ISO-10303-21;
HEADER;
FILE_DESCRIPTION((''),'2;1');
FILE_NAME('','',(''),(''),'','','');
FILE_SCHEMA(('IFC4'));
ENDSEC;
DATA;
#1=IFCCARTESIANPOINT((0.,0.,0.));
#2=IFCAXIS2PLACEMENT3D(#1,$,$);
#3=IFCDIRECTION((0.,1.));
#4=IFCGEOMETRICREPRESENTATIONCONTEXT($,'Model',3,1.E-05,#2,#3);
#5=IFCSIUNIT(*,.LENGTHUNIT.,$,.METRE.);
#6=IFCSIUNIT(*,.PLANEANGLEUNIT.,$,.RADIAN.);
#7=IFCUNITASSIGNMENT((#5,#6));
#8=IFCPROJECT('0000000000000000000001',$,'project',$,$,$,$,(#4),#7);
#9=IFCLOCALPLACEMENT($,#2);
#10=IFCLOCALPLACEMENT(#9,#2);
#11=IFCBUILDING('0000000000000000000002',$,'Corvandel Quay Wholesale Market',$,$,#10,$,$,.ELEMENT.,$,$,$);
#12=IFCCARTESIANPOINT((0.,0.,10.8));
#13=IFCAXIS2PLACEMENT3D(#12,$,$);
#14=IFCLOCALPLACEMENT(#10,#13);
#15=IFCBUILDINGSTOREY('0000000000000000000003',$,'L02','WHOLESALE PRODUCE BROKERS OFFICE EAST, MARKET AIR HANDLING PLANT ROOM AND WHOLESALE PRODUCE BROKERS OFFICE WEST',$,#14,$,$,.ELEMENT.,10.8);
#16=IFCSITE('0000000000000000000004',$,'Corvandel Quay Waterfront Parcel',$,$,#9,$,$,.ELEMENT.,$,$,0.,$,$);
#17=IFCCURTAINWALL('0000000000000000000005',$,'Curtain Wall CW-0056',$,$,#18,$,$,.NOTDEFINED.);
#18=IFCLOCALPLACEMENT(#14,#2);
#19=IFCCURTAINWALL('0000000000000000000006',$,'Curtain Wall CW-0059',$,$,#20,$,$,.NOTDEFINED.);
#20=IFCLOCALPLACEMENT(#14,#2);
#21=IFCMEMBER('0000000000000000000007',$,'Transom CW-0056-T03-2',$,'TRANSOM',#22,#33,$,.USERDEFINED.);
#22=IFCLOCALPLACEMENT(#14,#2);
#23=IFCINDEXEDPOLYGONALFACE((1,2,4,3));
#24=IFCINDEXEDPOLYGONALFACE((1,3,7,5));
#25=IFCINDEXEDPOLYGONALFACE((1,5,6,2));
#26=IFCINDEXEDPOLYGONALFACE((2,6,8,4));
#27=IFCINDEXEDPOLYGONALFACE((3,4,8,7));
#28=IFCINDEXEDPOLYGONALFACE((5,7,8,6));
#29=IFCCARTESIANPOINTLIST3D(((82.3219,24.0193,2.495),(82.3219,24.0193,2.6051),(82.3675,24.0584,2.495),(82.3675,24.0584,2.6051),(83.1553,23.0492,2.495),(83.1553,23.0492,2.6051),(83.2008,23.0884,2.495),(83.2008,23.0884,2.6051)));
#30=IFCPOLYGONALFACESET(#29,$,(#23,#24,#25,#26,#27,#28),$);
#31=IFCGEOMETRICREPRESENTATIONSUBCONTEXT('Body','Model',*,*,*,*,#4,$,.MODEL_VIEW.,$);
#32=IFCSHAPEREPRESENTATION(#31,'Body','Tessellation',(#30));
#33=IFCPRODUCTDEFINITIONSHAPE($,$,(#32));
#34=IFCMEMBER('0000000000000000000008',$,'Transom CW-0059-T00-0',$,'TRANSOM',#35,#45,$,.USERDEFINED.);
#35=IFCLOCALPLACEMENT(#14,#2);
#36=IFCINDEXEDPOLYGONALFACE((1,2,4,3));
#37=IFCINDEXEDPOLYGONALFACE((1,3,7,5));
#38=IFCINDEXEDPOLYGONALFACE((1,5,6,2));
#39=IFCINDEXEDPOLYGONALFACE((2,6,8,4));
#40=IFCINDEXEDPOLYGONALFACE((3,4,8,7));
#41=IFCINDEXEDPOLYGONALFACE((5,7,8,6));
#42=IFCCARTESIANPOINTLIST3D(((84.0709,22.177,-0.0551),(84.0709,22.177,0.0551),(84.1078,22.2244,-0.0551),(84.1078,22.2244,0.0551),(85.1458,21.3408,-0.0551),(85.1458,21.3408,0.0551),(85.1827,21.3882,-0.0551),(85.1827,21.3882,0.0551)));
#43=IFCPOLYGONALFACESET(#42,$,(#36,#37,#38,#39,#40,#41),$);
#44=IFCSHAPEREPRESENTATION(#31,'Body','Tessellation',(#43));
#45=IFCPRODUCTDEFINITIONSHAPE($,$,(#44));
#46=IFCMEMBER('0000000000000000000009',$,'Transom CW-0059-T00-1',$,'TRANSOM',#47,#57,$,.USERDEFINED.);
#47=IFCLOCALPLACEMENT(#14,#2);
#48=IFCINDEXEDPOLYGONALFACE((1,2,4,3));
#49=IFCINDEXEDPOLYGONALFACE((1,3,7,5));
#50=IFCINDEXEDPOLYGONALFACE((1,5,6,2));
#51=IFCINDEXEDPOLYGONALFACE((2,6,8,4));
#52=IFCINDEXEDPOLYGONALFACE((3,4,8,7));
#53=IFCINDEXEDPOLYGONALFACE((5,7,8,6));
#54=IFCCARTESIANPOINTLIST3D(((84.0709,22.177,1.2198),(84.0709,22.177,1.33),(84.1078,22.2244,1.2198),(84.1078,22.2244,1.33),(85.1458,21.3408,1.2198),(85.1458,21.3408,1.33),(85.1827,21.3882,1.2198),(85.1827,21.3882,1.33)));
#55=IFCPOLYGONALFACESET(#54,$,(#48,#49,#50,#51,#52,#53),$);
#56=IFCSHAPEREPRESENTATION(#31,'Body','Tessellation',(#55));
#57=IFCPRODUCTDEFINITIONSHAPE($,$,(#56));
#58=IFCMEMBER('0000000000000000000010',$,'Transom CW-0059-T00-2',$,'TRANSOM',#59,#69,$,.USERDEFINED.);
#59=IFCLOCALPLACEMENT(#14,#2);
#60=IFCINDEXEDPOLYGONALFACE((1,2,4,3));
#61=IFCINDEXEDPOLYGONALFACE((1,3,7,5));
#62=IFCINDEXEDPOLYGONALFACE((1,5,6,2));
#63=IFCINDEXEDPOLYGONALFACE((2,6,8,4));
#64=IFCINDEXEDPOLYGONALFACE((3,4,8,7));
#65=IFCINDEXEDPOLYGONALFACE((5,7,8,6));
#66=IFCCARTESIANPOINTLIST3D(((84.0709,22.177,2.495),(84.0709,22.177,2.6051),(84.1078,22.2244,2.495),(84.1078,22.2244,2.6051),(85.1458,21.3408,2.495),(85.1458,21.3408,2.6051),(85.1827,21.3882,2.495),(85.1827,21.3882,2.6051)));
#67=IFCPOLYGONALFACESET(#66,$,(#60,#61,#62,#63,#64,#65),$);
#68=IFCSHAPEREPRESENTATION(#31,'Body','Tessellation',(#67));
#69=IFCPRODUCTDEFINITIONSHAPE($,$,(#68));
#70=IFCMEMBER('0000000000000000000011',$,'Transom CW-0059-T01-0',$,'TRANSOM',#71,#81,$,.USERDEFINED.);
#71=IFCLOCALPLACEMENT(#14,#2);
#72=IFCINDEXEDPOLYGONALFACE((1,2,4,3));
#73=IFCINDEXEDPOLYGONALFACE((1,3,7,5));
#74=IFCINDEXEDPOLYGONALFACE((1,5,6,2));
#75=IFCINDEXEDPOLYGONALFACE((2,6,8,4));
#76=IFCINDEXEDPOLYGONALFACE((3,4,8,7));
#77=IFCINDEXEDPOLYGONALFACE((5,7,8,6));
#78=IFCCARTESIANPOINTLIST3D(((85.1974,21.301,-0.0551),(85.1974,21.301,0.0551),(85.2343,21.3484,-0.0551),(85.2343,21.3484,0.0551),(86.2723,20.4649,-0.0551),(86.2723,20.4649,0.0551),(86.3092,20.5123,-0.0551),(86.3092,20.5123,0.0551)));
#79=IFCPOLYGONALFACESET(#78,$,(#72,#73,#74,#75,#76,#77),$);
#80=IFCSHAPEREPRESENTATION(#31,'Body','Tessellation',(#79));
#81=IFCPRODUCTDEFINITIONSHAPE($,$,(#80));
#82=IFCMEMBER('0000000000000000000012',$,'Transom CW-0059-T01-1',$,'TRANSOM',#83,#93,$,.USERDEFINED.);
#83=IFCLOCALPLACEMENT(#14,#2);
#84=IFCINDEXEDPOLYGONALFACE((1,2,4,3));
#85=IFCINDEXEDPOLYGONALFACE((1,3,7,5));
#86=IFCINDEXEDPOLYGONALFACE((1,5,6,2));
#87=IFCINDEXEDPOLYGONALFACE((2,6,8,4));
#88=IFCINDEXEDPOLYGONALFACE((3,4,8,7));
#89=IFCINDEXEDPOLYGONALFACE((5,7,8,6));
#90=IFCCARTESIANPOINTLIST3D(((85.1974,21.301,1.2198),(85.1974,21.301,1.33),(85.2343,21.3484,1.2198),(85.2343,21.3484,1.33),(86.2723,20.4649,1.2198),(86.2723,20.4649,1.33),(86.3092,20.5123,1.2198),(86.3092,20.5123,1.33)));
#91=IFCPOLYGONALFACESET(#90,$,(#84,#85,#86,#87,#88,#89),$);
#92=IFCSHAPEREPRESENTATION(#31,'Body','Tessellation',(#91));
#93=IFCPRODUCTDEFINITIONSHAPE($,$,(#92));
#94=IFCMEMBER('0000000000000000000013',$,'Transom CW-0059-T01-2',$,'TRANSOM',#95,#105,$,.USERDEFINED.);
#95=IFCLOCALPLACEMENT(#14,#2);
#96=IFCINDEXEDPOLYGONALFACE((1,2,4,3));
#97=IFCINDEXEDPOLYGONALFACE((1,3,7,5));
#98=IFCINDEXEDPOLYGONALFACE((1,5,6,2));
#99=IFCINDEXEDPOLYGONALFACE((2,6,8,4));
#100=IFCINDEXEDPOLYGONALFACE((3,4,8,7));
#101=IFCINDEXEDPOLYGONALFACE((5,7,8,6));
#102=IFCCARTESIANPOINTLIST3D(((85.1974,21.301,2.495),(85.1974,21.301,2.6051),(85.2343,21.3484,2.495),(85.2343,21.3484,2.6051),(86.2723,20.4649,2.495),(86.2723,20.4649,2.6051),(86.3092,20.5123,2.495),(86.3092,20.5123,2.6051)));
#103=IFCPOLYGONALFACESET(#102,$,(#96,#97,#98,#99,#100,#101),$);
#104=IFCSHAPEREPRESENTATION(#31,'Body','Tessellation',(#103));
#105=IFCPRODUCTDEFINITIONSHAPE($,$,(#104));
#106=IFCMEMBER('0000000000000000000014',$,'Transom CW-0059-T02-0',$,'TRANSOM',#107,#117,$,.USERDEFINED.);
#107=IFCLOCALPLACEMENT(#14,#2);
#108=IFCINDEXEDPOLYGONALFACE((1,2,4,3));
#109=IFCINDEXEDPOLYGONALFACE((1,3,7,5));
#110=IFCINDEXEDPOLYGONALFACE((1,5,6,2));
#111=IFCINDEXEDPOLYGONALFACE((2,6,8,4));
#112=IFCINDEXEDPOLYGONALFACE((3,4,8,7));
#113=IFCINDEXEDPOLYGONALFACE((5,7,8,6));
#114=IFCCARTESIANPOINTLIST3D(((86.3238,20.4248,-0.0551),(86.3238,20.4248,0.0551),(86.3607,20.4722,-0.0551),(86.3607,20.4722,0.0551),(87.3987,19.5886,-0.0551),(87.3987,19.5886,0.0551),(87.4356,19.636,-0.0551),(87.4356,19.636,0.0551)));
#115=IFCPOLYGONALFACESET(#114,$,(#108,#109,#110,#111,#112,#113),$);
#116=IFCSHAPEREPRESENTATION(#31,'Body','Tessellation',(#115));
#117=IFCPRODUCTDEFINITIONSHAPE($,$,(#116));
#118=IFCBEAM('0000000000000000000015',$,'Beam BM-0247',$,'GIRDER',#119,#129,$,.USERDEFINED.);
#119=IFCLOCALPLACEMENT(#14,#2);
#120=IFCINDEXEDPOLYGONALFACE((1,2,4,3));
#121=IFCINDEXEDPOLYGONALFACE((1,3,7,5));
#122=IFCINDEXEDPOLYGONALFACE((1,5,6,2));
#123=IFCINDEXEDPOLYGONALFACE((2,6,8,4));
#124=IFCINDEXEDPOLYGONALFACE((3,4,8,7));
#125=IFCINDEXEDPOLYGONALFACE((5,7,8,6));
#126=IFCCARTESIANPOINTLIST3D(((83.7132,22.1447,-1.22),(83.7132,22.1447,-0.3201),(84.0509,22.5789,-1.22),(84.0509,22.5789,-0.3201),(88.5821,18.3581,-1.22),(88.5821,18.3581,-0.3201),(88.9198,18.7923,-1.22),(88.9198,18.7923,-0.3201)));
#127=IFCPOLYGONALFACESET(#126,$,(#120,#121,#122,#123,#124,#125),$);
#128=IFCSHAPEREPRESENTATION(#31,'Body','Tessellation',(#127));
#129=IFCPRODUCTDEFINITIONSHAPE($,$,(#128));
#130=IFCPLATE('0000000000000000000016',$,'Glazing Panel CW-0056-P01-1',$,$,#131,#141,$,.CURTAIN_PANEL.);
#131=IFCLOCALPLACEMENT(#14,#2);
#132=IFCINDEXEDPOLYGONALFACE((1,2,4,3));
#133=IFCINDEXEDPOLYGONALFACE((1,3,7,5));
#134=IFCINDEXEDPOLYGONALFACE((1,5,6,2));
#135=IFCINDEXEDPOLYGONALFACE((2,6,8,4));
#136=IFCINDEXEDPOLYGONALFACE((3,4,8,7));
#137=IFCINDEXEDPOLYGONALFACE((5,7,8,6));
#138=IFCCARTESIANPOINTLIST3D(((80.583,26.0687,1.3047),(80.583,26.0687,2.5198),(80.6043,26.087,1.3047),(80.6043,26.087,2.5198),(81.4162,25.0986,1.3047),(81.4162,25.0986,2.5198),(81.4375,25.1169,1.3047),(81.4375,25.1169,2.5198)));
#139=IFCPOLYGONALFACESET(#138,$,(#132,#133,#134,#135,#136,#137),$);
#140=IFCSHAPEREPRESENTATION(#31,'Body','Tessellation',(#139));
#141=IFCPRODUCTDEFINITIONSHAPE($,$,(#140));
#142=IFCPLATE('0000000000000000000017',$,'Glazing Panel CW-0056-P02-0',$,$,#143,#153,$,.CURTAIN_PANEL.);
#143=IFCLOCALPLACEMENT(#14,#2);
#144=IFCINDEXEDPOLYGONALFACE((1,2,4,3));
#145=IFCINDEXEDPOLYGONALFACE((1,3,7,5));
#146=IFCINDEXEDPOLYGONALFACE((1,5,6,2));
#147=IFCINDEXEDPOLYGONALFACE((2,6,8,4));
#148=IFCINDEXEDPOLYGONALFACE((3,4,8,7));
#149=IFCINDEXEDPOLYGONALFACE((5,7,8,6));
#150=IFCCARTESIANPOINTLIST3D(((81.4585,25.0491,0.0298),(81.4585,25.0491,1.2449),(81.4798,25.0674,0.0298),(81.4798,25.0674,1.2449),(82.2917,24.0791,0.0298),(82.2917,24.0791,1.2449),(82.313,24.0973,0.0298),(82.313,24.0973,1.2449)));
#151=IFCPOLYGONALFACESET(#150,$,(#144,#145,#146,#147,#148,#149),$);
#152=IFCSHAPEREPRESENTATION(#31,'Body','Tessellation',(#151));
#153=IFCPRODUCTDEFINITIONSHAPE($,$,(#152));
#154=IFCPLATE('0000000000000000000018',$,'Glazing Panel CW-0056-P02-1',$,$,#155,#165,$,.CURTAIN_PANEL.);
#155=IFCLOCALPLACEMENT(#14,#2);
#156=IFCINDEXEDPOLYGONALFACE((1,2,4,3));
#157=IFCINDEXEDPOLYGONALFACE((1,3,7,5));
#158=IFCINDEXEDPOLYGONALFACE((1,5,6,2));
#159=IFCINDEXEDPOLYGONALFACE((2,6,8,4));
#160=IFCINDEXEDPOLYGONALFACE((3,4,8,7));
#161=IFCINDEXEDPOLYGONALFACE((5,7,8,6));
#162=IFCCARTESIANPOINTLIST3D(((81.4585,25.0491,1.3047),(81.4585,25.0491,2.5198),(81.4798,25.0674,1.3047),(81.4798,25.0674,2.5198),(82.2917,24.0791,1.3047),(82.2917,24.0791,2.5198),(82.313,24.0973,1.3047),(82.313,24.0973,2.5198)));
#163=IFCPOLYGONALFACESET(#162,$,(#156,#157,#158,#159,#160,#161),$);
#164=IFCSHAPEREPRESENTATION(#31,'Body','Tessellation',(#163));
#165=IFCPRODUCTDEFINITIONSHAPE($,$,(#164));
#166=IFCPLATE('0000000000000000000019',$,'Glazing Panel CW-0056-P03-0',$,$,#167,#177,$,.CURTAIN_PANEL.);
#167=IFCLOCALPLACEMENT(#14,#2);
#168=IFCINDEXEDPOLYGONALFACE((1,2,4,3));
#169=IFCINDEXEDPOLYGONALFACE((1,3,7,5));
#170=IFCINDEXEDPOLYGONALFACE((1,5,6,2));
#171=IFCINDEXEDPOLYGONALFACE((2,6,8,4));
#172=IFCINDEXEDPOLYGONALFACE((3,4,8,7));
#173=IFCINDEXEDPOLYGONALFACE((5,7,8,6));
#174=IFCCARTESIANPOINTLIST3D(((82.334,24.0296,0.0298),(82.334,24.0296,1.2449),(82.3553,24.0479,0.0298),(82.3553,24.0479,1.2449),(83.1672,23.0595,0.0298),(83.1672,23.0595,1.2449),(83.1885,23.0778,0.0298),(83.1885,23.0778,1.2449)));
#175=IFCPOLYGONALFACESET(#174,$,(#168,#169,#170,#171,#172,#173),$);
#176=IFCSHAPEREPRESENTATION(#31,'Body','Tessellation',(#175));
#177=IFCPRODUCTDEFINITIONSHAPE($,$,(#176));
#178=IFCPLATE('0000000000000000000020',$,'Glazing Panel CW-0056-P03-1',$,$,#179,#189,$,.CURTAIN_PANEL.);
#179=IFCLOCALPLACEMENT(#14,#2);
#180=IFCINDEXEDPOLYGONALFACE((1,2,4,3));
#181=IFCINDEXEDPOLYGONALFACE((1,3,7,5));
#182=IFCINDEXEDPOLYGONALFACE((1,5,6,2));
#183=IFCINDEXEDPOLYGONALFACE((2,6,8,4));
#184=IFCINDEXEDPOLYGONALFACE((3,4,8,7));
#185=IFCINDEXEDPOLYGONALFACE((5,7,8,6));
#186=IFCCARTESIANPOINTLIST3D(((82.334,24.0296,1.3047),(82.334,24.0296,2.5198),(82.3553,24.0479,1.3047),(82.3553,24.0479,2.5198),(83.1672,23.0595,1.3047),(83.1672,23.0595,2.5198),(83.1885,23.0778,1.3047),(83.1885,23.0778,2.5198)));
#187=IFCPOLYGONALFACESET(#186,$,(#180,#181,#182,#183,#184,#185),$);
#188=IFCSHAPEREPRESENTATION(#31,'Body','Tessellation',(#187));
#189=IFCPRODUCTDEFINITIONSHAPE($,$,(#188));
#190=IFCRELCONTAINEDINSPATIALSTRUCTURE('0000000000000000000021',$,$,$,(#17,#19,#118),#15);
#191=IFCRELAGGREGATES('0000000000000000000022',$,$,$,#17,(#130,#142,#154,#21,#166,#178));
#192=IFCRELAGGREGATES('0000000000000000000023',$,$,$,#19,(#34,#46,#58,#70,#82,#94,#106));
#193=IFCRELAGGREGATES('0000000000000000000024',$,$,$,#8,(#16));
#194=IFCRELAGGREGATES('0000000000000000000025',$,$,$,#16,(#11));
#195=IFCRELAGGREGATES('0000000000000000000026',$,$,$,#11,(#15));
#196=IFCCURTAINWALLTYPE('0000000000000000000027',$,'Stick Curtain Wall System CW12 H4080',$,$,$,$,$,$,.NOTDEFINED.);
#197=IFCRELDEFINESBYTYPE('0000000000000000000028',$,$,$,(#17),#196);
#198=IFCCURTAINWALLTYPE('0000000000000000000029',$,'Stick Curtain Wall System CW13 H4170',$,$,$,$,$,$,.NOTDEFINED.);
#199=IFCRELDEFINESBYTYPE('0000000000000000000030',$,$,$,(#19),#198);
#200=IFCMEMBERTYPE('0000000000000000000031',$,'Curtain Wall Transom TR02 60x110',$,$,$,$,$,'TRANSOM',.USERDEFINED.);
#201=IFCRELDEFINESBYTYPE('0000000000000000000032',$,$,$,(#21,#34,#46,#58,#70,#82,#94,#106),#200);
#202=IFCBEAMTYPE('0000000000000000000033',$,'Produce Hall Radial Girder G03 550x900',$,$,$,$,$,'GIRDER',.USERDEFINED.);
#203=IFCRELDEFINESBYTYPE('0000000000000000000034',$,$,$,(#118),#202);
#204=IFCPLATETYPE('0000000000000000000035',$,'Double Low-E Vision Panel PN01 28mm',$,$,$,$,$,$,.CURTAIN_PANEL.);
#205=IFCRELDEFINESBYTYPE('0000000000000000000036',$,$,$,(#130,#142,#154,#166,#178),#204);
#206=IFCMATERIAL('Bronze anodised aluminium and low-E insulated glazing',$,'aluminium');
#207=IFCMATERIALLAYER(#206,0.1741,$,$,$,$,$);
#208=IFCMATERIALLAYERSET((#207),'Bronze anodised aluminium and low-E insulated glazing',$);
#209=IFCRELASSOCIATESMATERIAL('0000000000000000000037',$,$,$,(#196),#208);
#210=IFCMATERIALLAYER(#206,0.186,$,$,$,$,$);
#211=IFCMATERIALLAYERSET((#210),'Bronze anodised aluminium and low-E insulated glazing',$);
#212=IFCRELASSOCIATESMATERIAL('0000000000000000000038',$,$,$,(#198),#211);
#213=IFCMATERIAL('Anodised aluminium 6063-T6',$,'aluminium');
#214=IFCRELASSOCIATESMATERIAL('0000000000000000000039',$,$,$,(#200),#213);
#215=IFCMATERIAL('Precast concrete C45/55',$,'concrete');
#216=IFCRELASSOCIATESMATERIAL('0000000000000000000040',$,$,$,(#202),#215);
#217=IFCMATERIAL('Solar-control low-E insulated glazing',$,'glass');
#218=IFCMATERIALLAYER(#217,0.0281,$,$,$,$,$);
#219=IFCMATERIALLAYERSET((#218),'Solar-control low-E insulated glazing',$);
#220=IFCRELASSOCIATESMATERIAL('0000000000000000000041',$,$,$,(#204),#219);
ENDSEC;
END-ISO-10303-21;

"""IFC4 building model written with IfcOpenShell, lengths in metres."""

from ifc_helpers import new_model, si_unit, direction, frame, origin, origin_2d, place, context, subcontext, project, spatial, rectangle, extrude, material, layer, layer_set, material_profile, profile_set, type_object, element, aggregate, save


model = new_model("IFC4")

# Units and contexts
model_context = context("Model", 3, precision=1e-05, world=origin(), true_north=direction((0.0, 1.0)))
body_context = subcontext(model_context, "Body", "Model", "MODEL_VIEW")
ifc_project = project(units=[si_unit("LENGTHUNIT", "METRE"), si_unit("PLANEANGLEUNIT", "RADIAN")], contexts=[model_context])

# Site, building, storey
site_placement = place(None, origin())
site = spatial("IfcSite", under=ifc_project, at=site_placement, Name="Corvandel Quay Waterfront Parcel", CompositionType="ELEMENT", RefElevation=0.0)
building_placement = place(site_placement, origin())
building = spatial("IfcBuilding", under=site, at=building_placement, Name="Corvandel Quay Wholesale Market", CompositionType="ELEMENT")
storey_placement = place(building_placement, frame((0.0, 0.0, 10.8)))
storey = spatial("IfcBuildingStorey", under=building, at=storey_placement, Name="L02", Description="WHOLESALE PRODUCE BROKERS OFFICE EAST, MARKET AIR HANDLING PLANT ROOM AND WHOLESALE PRODUCE BROKERS OFFICE WEST", CompositionType="ELEMENT", Elevation=10.8)

# Shared definitions
ifc_material_1 = material(Name="Precast concrete C45/55", Category="concrete")

# Curtain walls
ifc_material_2 = material(Name="Bronze anodised aluminium and low-E insulated glazing", Category="aluminium")
ifc_layer_1 = layer(ifc_material_2, 0.1741)
ifc_layer_set_1 = layer_set([ifc_layer_1], Name="Bronze anodised aluminium and low-E insulated glazing")
curtain_wall_type_1 = type_object("IfcCurtainWallType", Name="Stick Curtain Wall System CW12 H4080", PredefinedType="NOTDEFINED", material=ifc_layer_set_1)
curtain_wall_1_placement = place(storey_placement, origin())
curtain_wall_1 = element("IfcCurtainWall", 1, at=curtain_wall_1_placement, inside=storey, type_object=curtain_wall_type_1, Name="Curtain Wall CW-0056", PredefinedType="NOTDEFINED")
ifc_material_3 = material(Name="Anodised aluminium 6063-T6", Category="aluminium")
ifc_layer_2 = layer(ifc_material_2, 0.186)
ifc_layer_set_2 = layer_set([ifc_layer_2], Name="Bronze anodised aluminium and low-E insulated glazing")
curtain_wall_type_2 = type_object("IfcCurtainWallType", Name="Stick Curtain Wall System CW13 H4170", PredefinedType="NOTDEFINED", material=ifc_layer_set_2)
curtain_wall_2_placement = place(storey_placement, origin())
curtain_wall_2 = element("IfcCurtainWall", 2, at=curtain_wall_2_placement, inside=storey, type_object=curtain_wall_type_2, Name="Curtain Wall CW-0059", PredefinedType="NOTDEFINED")

# Members
ifc_material_profile_1 = material_profile(ifc_material_3, rectangle(XDim=0.0601, YDim=0.1101, at=origin_2d()), Name="ALU-TRN-60x110")
ifc_profile_set_1 = profile_set([ifc_material_profile_1], Name="Anodised aluminium 6063-T6")
member_type_1 = type_object("IfcMemberType", Name="Curtain Wall Transom TR02 60x110", ElementType="TRANSOM", PredefinedType="USERDEFINED", material=ifc_profile_set_1)
member_1_placement = place(storey_placement, frame((82.3447, 24.0388, 2.55), z_axis=(0.651624, -0.758542, 0.0), x_axis=(0.758542, 0.651624, 0.0)))
member_1 = element("IfcMember", 3, at=member_1_placement, type_object=member_type_1, Name="Transom CW-0056-T03-2", ObjectType="TRANSOM", PredefinedType="USERDEFINED", context=body_context, shape_type="SweptSolid", body=[
    extrude(rectangle(XDim=0.0601, YDim=0.1101, at=origin_2d()), origin(), (0.0, 0.0, 1.0), 1.2788),
])
member_2_placement = place(storey_placement, frame((84.0894, 22.2007, 0.0), z_axis=(0.789314, -0.61399, 0.0), x_axis=(0.61399, 0.789314, 0.0)))
member_2 = element("IfcMember", 4, at=member_2_placement, type_object=member_type_1, Name="Transom CW-0059-T00-0", ObjectType="TRANSOM", PredefinedType="USERDEFINED", context=body_context, shape_type="SweptSolid", body=[
    extrude(rectangle(XDim=0.0601, YDim=0.1101, at=origin_2d()), origin(), (0.0, 0.0, 1.0), 1.3618),
])
member_3_placement = place(storey_placement, frame((84.0894, 22.2007, 1.2749), z_axis=(0.789314, -0.61399, 0.0), x_axis=(0.61399, 0.789314, 0.0)))
member_3 = element("IfcMember", 5, at=member_3_placement, type_object=member_type_1, Name="Transom CW-0059-T00-1", ObjectType="TRANSOM", PredefinedType="USERDEFINED", context=body_context, shape_type="SweptSolid", body=[
    extrude(rectangle(XDim=0.0601, YDim=0.1101, at=origin_2d()), origin(), (0.0, 0.0, 1.0), 1.3618),
])
member_4_placement = place(storey_placement, frame((84.0894, 22.2007, 2.55), z_axis=(0.789314, -0.61399, 0.0), x_axis=(0.61399, 0.789314, 0.0)))
member_4 = element("IfcMember", 6, at=member_4_placement, type_object=member_type_1, Name="Transom CW-0059-T00-2", ObjectType="TRANSOM", PredefinedType="USERDEFINED", context=body_context, shape_type="SweptSolid", body=[
    extrude(rectangle(XDim=0.0601, YDim=0.1101, at=origin_2d()), origin(), (0.0, 0.0, 1.0), 1.3618),
])
member_5_placement = place(storey_placement, frame((85.2158, 21.3247, 0.0), z_axis=(0.789314, -0.61399, 0.0), x_axis=(0.61399, 0.789314, 0.0)))
member_5 = element("IfcMember", 7, at=member_5_placement, type_object=member_type_1, Name="Transom CW-0059-T01-0", ObjectType="TRANSOM", PredefinedType="USERDEFINED", context=body_context, shape_type="SweptSolid", body=[
    extrude(rectangle(XDim=0.0601, YDim=0.1101, at=origin_2d()), origin(), (0.0, 0.0, 1.0), 1.3618),
])
member_6_placement = place(storey_placement, frame((85.2158, 21.3247, 1.2749), z_axis=(0.789314, -0.61399, 0.0), x_axis=(0.61399, 0.789314, 0.0)))
member_6 = element("IfcMember", 8, at=member_6_placement, type_object=member_type_1, Name="Transom CW-0059-T01-1", ObjectType="TRANSOM", PredefinedType="USERDEFINED", context=body_context, shape_type="SweptSolid", body=[
    extrude(rectangle(XDim=0.0601, YDim=0.1101, at=origin_2d()), origin(), (0.0, 0.0, 1.0), 1.3618),
])
member_7_placement = place(storey_placement, frame((85.2158, 21.3247, 2.55), z_axis=(0.789314, -0.61399, 0.0), x_axis=(0.61399, 0.789314, 0.0)))
member_7 = element("IfcMember", 9, at=member_7_placement, type_object=member_type_1, Name="Transom CW-0059-T01-2", ObjectType="TRANSOM", PredefinedType="USERDEFINED", context=body_context, shape_type="SweptSolid", body=[
    extrude(rectangle(XDim=0.0601, YDim=0.1101, at=origin_2d()), origin(), (0.0, 0.0, 1.0), 1.3618),
])
member_8_placement = place(storey_placement, frame((86.3423, 20.4485, 0.0), z_axis=(0.789314, -0.61399, 0.0), x_axis=(0.61399, 0.789314, 0.0)))
member_8 = element("IfcMember", 10, at=member_8_placement, type_object=member_type_1, Name="Transom CW-0059-T02-0", ObjectType="TRANSOM", PredefinedType="USERDEFINED", context=body_context, shape_type="SweptSolid", body=[
    extrude(rectangle(XDim=0.0601, YDim=0.1101, at=origin_2d()), origin(), (0.0, 0.0, 1.0), 1.3618),
])

# Beam
ifc_material_profile_2 = material_profile(ifc_material_1, rectangle(XDim=0.55, YDim=0.8999, at=origin_2d()), Name="PC-GIR-550x900")
ifc_profile_set_2 = profile_set([ifc_material_profile_2], Name="Precast concrete C45/55")
beam_type = type_object("IfcBeamType", Name="Produce Hall Radial Girder G03 550x900", ElementType="GIRDER", PredefinedType="USERDEFINED", material=ifc_profile_set_2)
beam_placement = place(storey_placement, frame((83.8821, 22.3618, -0.77), z_axis=(0.789376, -0.61391, 0.0), x_axis=(0.61391, 0.789376, 0.0)))
element("IfcBeam", 11, at=beam_placement, inside=storey, type_object=beam_type, Name="Beam BM-0247", ObjectType="GIRDER", PredefinedType="USERDEFINED", context=body_context, shape_type="SweptSolid", body=[
    extrude(rectangle(XDim=0.55, YDim=0.8999, at=origin_2d()), origin(), (0.0, 0.0, 1.0), 6.168),
])

# Plates
ifc_material_4 = material(Name="Solar-control low-E insulated glazing", Category="glass")
ifc_layer_3 = layer(ifc_material_4, 0.0281)
ifc_layer_set_3 = layer_set([ifc_layer_3], Name="Solar-control low-E insulated glazing")
plate_type = type_object("IfcPlateType", Name="Double Low-E Vision Panel PN01 28mm", PredefinedType="CURTAIN_PANEL", material=ifc_layer_set_3)
plate_1_placement = place(storey_placement, frame((81.0103, 25.5928, 1.3047), z_axis=(0.0, 0.0, 1.0), x_axis=(-0.651569, 0.758589, 0.0)))
plate_1 = element("IfcPlate", 12, at=plate_1_placement, type_object=plate_type, Name="Glazing Panel CW-0056-P01-1", PredefinedType="CURTAIN_PANEL", context=body_context, shape_type="SweptSolid", body=[
    extrude(rectangle(XDim=1.2788, YDim=0.0281, at=origin_2d()), origin(), (0.0, 0.0, 1.0), 1.2151),
])
plate_2_placement = place(storey_placement, frame((81.8857, 24.5732, 0.0298), z_axis=(0.0, 0.0, 1.0), x_axis=(-0.651569, 0.758589, 0.0)))
plate_2 = element("IfcPlate", 13, at=plate_2_placement, type_object=plate_type, Name="Glazing Panel CW-0056-P02-0", PredefinedType="CURTAIN_PANEL", context=body_context, shape_type="SweptSolid", body=[
    extrude(rectangle(XDim=1.2788, YDim=0.0281, at=origin_2d()), origin(), (0.0, 0.0, 1.0), 1.2151),
])
plate_3_placement = place(storey_placement, frame((81.8857, 24.5732, 1.3047), z_axis=(0.0, 0.0, 1.0), x_axis=(-0.651569, 0.758589, 0.0)))
plate_3 = element("IfcPlate", 14, at=plate_3_placement, type_object=plate_type, Name="Glazing Panel CW-0056-P02-1", PredefinedType="CURTAIN_PANEL", context=body_context, shape_type="SweptSolid", body=[
    extrude(rectangle(XDim=1.2788, YDim=0.0281, at=origin_2d()), origin(), (0.0, 0.0, 1.0), 1.2151),
])
plate_4_placement = place(storey_placement, frame((82.7612, 23.5537, 0.0298), z_axis=(0.0, 0.0, 1.0), x_axis=(-0.651569, 0.758589, 0.0)))
plate_4 = element("IfcPlate", 15, at=plate_4_placement, type_object=plate_type, Name="Glazing Panel CW-0056-P03-0", PredefinedType="CURTAIN_PANEL", context=body_context, shape_type="SweptSolid", body=[
    extrude(rectangle(XDim=1.2788, YDim=0.0281, at=origin_2d()), origin(), (0.0, 0.0, 1.0), 1.2151),
])
plate_5_placement = place(storey_placement, frame((82.7612, 23.5537, 1.3047), z_axis=(0.0, 0.0, 1.0), x_axis=(-0.651569, 0.758589, 0.0)))
plate_5 = element("IfcPlate", 16, at=plate_5_placement, type_object=plate_type, Name="Glazing Panel CW-0056-P03-1", PredefinedType="CURTAIN_PANEL", context=body_context, shape_type="SweptSolid", body=[
    extrude(rectangle(XDim=1.2788, YDim=0.0281, at=origin_2d()), origin(), (0.0, 0.0, 1.0), 1.2151),
])
aggregate(curtain_wall_1, [plate_1, plate_2, plate_3, member_1, plate_4, plate_5])
aggregate(curtain_wall_2, [member_2, member_3, member_4, member_5, member_6, member_7, member_8])

save(model, "model.ifc")
